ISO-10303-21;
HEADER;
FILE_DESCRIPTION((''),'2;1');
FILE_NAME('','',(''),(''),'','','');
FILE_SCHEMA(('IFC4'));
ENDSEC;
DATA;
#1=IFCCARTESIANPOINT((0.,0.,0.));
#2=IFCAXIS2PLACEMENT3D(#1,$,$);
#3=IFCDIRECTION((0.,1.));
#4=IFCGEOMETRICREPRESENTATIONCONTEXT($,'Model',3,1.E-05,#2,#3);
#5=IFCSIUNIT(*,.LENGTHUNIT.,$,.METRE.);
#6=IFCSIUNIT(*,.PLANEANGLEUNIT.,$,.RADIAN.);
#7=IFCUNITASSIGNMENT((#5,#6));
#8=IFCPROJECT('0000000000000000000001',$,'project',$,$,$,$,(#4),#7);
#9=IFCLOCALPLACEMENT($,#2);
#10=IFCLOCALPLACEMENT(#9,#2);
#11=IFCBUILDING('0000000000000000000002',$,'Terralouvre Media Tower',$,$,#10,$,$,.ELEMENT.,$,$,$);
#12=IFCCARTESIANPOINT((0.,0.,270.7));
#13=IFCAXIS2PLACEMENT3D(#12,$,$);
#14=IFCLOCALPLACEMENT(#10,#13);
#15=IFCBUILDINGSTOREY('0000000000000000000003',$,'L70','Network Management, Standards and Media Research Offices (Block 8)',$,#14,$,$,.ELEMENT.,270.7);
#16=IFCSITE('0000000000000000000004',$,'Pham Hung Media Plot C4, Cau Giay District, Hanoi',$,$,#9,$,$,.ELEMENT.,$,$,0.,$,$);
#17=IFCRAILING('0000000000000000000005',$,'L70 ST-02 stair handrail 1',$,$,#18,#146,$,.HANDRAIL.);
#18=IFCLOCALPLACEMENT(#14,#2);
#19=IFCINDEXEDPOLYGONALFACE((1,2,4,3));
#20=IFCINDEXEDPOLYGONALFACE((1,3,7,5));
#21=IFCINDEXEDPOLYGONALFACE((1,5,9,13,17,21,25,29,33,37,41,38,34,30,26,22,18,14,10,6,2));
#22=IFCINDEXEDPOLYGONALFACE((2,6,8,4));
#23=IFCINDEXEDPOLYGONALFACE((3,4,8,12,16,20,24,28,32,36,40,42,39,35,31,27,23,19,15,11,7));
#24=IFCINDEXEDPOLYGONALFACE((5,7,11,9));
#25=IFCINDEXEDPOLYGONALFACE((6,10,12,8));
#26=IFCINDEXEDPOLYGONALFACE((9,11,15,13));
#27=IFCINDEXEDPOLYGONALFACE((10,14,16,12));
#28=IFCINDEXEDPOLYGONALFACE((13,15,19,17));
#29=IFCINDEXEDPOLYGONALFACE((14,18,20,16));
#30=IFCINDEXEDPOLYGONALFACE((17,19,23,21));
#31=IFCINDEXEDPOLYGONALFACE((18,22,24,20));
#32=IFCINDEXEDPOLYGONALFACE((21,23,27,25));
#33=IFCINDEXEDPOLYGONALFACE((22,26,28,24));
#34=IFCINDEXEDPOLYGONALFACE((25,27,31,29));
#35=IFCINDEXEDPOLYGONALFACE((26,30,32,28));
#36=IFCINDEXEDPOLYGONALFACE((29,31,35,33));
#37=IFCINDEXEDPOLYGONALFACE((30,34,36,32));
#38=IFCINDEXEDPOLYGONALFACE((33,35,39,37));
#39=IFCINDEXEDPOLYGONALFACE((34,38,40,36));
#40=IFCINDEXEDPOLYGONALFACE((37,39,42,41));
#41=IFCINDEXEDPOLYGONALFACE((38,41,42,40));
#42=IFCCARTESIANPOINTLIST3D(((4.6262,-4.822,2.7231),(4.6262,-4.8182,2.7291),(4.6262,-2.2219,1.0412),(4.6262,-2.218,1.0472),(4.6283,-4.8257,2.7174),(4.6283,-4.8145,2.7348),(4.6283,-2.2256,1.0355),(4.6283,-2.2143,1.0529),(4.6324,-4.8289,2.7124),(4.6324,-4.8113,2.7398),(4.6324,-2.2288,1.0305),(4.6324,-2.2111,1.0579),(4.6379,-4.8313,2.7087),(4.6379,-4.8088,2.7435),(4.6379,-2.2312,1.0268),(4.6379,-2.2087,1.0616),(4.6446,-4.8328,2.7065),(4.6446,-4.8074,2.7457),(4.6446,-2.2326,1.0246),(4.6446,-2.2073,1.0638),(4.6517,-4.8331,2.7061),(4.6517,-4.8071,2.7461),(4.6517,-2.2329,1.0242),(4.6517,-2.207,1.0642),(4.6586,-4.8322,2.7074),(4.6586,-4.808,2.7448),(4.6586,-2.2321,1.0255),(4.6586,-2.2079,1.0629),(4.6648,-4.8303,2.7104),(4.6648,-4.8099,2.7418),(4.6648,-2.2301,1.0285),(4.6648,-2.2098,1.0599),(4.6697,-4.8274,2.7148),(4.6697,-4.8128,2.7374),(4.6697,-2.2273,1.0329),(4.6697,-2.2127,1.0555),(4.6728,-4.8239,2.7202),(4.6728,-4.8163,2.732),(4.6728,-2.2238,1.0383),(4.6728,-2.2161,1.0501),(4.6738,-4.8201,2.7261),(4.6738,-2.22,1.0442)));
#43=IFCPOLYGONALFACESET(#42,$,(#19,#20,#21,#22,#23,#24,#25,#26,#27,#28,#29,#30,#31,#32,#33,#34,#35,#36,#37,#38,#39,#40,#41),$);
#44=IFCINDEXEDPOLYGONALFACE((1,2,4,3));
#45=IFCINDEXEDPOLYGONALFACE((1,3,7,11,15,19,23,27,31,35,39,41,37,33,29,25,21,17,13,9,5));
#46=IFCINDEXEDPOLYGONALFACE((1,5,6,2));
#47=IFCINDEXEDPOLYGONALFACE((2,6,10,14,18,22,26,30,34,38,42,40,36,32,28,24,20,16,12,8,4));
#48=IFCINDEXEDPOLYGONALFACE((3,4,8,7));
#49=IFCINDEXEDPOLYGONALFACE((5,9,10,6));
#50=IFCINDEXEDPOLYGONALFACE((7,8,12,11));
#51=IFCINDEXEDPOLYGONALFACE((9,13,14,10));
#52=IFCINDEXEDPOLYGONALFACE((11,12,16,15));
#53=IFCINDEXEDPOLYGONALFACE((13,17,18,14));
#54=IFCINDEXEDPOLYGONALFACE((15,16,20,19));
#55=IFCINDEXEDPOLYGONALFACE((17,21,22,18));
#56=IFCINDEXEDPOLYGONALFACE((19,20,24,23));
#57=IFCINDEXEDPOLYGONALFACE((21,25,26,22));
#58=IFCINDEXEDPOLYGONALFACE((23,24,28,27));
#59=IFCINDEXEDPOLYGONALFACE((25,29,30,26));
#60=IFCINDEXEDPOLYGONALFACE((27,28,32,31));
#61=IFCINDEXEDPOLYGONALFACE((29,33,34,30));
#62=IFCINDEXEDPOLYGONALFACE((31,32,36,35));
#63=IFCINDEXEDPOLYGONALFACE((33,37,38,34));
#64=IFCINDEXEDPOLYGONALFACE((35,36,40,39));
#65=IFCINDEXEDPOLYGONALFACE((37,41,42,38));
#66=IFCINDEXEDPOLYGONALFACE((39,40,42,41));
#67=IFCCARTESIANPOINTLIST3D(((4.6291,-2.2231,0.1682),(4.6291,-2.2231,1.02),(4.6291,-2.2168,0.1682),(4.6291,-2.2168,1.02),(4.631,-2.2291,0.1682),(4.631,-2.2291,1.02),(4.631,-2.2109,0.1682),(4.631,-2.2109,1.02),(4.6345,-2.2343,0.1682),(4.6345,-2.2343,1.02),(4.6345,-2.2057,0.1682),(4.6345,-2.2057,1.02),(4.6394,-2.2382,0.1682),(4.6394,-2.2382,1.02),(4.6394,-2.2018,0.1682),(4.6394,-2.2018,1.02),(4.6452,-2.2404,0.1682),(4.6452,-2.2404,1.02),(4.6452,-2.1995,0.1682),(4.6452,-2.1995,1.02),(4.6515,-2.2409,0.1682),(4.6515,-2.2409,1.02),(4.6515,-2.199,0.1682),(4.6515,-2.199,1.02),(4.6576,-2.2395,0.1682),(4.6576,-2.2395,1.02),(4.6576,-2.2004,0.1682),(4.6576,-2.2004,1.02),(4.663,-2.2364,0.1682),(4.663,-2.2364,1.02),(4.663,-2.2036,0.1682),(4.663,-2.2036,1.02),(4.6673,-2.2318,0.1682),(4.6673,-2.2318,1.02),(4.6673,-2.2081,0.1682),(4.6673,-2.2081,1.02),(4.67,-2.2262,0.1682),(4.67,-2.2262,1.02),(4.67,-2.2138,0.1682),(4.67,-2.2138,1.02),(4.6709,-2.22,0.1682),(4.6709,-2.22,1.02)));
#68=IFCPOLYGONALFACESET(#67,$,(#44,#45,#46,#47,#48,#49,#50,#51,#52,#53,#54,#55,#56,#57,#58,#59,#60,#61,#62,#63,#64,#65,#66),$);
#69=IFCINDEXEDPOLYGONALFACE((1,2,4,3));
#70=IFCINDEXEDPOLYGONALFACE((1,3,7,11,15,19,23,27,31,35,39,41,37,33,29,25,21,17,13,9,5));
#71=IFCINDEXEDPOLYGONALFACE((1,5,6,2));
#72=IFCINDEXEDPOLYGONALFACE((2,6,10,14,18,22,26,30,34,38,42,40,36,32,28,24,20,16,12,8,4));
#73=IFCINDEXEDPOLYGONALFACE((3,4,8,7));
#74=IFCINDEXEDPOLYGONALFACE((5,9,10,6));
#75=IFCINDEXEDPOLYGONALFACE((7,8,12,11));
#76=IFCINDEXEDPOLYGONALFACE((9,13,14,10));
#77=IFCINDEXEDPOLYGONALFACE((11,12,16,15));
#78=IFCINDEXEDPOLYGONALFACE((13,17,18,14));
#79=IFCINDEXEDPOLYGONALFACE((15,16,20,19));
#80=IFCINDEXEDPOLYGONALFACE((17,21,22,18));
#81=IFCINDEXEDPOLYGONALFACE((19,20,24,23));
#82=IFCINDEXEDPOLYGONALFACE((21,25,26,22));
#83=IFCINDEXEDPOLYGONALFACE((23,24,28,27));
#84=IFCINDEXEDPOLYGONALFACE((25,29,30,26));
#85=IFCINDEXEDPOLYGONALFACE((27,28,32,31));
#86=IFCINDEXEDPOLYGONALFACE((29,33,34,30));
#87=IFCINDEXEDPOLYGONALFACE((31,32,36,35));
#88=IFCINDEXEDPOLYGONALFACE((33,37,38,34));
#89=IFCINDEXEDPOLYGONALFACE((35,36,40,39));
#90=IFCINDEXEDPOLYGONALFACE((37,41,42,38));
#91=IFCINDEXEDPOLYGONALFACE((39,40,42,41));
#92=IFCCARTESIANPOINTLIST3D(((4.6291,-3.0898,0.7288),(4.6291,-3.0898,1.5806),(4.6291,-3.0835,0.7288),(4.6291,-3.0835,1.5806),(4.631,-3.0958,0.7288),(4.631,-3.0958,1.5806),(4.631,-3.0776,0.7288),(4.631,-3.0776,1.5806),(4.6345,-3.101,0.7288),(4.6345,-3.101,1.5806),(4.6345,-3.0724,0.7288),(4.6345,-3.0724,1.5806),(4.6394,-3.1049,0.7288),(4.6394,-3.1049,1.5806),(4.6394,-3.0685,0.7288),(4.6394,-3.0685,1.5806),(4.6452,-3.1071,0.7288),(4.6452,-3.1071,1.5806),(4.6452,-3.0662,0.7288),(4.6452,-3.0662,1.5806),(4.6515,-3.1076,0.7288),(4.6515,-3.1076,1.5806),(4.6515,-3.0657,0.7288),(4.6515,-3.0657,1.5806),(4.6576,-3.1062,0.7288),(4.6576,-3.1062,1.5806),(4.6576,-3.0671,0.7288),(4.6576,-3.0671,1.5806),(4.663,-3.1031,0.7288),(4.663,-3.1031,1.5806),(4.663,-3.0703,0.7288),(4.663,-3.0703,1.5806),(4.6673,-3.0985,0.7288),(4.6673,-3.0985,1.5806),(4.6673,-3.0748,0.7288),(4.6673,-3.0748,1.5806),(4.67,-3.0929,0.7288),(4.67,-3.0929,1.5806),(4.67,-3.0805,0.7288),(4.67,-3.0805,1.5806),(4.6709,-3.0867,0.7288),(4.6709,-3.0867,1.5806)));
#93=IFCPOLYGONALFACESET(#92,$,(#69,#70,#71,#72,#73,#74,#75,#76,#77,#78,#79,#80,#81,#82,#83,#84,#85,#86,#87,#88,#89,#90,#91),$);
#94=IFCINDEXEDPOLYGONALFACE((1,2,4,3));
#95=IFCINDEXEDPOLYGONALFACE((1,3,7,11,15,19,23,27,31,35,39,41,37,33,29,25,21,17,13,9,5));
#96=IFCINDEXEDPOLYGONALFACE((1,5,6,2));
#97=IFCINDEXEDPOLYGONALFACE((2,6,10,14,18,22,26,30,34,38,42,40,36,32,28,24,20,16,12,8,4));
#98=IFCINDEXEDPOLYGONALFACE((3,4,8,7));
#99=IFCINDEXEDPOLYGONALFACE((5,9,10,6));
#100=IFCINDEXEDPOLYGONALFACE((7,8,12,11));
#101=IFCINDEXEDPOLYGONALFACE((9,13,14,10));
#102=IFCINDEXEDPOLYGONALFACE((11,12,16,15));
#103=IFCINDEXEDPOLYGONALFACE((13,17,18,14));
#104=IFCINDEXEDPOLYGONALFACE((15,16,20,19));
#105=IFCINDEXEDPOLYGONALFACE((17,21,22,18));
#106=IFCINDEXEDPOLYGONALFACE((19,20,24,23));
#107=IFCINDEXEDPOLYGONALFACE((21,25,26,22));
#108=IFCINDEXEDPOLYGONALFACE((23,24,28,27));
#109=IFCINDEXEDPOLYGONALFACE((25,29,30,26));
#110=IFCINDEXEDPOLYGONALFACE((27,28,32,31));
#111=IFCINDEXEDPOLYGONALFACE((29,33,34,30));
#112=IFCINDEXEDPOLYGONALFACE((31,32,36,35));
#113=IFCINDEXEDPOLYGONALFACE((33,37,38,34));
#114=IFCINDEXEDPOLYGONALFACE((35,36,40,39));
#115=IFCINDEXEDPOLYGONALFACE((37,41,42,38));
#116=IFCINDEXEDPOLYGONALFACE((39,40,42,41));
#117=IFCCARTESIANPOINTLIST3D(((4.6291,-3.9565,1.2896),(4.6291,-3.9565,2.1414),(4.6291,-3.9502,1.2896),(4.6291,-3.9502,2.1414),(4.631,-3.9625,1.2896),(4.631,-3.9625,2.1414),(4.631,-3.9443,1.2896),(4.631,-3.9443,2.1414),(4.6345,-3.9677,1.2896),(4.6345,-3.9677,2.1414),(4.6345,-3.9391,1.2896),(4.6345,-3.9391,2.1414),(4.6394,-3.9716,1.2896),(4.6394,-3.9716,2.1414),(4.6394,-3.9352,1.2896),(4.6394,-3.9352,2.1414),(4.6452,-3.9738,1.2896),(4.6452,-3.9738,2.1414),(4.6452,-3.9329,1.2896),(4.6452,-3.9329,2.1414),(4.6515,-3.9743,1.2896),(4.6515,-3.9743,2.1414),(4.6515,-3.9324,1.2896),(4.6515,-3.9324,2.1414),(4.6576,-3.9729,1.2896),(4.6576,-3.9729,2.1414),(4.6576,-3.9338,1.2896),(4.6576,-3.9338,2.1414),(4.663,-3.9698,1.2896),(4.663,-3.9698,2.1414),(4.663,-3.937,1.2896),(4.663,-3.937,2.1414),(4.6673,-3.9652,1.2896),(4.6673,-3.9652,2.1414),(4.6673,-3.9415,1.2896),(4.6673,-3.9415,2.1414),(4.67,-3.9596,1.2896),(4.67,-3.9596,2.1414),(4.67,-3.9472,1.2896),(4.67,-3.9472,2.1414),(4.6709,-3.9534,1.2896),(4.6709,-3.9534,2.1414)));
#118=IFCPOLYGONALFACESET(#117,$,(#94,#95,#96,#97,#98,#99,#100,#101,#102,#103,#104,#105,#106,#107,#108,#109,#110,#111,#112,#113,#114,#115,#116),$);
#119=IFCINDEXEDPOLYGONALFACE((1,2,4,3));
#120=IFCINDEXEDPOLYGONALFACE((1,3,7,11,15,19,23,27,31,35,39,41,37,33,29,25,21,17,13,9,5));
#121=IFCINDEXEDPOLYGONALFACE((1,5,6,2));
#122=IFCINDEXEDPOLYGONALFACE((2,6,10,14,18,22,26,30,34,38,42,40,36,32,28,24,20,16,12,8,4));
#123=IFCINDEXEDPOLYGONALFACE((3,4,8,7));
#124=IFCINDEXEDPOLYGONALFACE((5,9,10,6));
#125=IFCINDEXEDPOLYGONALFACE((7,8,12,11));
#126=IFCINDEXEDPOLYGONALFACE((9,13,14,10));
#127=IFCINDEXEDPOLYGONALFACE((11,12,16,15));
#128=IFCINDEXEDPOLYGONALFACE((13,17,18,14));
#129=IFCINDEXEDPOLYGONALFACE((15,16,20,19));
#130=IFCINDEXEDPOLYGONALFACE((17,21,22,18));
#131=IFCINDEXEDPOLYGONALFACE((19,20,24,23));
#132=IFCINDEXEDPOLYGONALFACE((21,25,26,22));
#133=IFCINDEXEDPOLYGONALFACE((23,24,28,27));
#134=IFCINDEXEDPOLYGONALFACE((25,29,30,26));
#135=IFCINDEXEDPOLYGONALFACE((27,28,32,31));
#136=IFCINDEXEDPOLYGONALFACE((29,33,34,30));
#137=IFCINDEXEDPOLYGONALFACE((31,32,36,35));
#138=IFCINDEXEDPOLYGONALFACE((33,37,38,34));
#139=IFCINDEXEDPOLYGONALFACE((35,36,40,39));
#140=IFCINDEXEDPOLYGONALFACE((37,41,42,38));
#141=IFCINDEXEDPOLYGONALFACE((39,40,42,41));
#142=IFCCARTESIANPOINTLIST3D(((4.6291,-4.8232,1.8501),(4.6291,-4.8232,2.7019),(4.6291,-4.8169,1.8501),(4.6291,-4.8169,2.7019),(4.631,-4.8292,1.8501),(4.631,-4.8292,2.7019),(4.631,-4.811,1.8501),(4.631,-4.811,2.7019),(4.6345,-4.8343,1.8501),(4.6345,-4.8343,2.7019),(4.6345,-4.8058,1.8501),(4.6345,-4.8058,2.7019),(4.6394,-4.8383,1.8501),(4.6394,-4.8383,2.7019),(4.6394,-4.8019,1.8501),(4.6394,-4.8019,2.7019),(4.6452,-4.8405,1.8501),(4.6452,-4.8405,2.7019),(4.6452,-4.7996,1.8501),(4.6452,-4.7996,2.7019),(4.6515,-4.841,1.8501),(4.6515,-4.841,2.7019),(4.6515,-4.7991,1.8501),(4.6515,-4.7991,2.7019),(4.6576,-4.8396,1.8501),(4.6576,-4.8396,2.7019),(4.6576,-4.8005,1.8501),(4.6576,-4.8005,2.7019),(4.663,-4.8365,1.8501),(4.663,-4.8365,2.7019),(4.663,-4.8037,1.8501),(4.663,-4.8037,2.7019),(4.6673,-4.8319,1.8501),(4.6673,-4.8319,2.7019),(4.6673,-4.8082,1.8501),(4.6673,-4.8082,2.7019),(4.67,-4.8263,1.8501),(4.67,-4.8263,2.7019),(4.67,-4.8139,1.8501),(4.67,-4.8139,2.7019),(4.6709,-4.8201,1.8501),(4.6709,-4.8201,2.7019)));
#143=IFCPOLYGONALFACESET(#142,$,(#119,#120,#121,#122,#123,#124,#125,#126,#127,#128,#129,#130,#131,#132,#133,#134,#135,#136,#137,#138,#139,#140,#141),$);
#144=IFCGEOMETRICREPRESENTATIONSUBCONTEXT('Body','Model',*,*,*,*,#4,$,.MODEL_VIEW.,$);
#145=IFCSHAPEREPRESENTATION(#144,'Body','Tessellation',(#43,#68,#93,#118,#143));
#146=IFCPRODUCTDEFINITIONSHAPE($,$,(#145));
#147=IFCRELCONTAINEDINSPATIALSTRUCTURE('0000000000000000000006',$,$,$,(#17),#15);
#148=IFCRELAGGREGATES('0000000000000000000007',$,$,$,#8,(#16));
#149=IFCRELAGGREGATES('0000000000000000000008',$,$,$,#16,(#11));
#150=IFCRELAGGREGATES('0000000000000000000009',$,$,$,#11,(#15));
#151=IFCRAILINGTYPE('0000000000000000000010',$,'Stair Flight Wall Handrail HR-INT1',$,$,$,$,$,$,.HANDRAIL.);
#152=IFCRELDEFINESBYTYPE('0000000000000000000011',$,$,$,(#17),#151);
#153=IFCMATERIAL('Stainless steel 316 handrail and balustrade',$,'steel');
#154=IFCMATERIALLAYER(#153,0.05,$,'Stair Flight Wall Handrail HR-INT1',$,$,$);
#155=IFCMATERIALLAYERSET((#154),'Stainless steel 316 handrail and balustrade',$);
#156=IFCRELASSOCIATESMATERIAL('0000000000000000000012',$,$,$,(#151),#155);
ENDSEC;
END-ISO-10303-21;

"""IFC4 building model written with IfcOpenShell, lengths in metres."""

from ifc_helpers import new_model, si_unit, direction, frame, origin, origin_2d, place, context, subcontext, project, spatial, circle, extrude, material, layer, layer_set, type_object, element, save


model = new_model("IFC4")

# Units and contexts
model_context = context("Model", 3, precision=1e-05, world=origin(), true_north=direction((0.0, 1.0)))
body_context = subcontext(model_context, "Body", "Model", "MODEL_VIEW")
ifc_project = project(units=[si_unit("LENGTHUNIT", "METRE"), si_unit("PLANEANGLEUNIT", "RADIAN")], contexts=[model_context])

# Site, building, storey
site_placement = place(None, origin())
site = spatial("IfcSite", under=ifc_project, at=site_placement, Name="Pham Hung Media Plot C4, Cau Giay District, Hanoi", CompositionType="ELEMENT", RefElevation=0.0)
building_placement = place(site_placement, origin())
building = spatial("IfcBuilding", under=site, at=building_placement, Name="Terralouvre Media Tower", CompositionType="ELEMENT")
storey_placement = place(building_placement, frame((0.0, 0.0, 270.7)))
storey = spatial("IfcBuildingStorey", under=building, at=storey_placement, Name="L70", Description="Network Management, Standards and Media Research Offices (Block 8)", CompositionType="ELEMENT", Elevation=270.7)

# Railing
ifc_material_1 = material(Name="Stainless steel 316 handrail and balustrade", Category="steel")
ifc_layer_1 = layer(ifc_material_1, 0.05, Name="Stair Flight Wall Handrail HR-INT1")
ifc_layer_set_1 = layer_set([ifc_layer_1], Name="Stainless steel 316 handrail and balustrade")
railing_type_1 = type_object("IfcRailingType", Name="Stair Flight Wall Handrail HR-INT1", PredefinedType="HANDRAIL", material=ifc_layer_set_1)
railing_1_placement = place(storey_placement, frame((4.6499, -2.22, 0.1682)))
element("IfcRailing", 1, at=railing_1_placement, inside=storey, type_object=railing_type_1, Name="L70 ST-02 stair handrail 1", PredefinedType="HANDRAIL", context=body_context, shape_type="SweptSolid", body=[
    extrude(circle(Radius=0.0239, at=origin_2d()), frame((0.0, 0.0, 0.876), z_axis=(0.0, -0.839648, 0.54313), x_axis=(1.0, 0.0, 0.0)), (0.0, 0.0, 1.0), 3.0967),
    extrude(circle(Radius=0.021, at=origin_2d()), origin(), (0.0, 0.0, 1.0), 0.8518),
    extrude(circle(Radius=0.021, at=origin_2d()), frame((0.0, -0.8667, 0.5605)), (0.0, 0.0, 1.0), 0.8518),
    extrude(circle(Radius=0.021, at=origin_2d()), frame((0.0, -1.7334, 1.1213)), (0.0, 0.0, 1.0), 0.8518),
    extrude(circle(Radius=0.021, at=origin_2d()), frame((0.0, -2.6001, 1.6819)), (0.0, 0.0, 1.0), 0.8518),
])

save(model, "model.ifc")
